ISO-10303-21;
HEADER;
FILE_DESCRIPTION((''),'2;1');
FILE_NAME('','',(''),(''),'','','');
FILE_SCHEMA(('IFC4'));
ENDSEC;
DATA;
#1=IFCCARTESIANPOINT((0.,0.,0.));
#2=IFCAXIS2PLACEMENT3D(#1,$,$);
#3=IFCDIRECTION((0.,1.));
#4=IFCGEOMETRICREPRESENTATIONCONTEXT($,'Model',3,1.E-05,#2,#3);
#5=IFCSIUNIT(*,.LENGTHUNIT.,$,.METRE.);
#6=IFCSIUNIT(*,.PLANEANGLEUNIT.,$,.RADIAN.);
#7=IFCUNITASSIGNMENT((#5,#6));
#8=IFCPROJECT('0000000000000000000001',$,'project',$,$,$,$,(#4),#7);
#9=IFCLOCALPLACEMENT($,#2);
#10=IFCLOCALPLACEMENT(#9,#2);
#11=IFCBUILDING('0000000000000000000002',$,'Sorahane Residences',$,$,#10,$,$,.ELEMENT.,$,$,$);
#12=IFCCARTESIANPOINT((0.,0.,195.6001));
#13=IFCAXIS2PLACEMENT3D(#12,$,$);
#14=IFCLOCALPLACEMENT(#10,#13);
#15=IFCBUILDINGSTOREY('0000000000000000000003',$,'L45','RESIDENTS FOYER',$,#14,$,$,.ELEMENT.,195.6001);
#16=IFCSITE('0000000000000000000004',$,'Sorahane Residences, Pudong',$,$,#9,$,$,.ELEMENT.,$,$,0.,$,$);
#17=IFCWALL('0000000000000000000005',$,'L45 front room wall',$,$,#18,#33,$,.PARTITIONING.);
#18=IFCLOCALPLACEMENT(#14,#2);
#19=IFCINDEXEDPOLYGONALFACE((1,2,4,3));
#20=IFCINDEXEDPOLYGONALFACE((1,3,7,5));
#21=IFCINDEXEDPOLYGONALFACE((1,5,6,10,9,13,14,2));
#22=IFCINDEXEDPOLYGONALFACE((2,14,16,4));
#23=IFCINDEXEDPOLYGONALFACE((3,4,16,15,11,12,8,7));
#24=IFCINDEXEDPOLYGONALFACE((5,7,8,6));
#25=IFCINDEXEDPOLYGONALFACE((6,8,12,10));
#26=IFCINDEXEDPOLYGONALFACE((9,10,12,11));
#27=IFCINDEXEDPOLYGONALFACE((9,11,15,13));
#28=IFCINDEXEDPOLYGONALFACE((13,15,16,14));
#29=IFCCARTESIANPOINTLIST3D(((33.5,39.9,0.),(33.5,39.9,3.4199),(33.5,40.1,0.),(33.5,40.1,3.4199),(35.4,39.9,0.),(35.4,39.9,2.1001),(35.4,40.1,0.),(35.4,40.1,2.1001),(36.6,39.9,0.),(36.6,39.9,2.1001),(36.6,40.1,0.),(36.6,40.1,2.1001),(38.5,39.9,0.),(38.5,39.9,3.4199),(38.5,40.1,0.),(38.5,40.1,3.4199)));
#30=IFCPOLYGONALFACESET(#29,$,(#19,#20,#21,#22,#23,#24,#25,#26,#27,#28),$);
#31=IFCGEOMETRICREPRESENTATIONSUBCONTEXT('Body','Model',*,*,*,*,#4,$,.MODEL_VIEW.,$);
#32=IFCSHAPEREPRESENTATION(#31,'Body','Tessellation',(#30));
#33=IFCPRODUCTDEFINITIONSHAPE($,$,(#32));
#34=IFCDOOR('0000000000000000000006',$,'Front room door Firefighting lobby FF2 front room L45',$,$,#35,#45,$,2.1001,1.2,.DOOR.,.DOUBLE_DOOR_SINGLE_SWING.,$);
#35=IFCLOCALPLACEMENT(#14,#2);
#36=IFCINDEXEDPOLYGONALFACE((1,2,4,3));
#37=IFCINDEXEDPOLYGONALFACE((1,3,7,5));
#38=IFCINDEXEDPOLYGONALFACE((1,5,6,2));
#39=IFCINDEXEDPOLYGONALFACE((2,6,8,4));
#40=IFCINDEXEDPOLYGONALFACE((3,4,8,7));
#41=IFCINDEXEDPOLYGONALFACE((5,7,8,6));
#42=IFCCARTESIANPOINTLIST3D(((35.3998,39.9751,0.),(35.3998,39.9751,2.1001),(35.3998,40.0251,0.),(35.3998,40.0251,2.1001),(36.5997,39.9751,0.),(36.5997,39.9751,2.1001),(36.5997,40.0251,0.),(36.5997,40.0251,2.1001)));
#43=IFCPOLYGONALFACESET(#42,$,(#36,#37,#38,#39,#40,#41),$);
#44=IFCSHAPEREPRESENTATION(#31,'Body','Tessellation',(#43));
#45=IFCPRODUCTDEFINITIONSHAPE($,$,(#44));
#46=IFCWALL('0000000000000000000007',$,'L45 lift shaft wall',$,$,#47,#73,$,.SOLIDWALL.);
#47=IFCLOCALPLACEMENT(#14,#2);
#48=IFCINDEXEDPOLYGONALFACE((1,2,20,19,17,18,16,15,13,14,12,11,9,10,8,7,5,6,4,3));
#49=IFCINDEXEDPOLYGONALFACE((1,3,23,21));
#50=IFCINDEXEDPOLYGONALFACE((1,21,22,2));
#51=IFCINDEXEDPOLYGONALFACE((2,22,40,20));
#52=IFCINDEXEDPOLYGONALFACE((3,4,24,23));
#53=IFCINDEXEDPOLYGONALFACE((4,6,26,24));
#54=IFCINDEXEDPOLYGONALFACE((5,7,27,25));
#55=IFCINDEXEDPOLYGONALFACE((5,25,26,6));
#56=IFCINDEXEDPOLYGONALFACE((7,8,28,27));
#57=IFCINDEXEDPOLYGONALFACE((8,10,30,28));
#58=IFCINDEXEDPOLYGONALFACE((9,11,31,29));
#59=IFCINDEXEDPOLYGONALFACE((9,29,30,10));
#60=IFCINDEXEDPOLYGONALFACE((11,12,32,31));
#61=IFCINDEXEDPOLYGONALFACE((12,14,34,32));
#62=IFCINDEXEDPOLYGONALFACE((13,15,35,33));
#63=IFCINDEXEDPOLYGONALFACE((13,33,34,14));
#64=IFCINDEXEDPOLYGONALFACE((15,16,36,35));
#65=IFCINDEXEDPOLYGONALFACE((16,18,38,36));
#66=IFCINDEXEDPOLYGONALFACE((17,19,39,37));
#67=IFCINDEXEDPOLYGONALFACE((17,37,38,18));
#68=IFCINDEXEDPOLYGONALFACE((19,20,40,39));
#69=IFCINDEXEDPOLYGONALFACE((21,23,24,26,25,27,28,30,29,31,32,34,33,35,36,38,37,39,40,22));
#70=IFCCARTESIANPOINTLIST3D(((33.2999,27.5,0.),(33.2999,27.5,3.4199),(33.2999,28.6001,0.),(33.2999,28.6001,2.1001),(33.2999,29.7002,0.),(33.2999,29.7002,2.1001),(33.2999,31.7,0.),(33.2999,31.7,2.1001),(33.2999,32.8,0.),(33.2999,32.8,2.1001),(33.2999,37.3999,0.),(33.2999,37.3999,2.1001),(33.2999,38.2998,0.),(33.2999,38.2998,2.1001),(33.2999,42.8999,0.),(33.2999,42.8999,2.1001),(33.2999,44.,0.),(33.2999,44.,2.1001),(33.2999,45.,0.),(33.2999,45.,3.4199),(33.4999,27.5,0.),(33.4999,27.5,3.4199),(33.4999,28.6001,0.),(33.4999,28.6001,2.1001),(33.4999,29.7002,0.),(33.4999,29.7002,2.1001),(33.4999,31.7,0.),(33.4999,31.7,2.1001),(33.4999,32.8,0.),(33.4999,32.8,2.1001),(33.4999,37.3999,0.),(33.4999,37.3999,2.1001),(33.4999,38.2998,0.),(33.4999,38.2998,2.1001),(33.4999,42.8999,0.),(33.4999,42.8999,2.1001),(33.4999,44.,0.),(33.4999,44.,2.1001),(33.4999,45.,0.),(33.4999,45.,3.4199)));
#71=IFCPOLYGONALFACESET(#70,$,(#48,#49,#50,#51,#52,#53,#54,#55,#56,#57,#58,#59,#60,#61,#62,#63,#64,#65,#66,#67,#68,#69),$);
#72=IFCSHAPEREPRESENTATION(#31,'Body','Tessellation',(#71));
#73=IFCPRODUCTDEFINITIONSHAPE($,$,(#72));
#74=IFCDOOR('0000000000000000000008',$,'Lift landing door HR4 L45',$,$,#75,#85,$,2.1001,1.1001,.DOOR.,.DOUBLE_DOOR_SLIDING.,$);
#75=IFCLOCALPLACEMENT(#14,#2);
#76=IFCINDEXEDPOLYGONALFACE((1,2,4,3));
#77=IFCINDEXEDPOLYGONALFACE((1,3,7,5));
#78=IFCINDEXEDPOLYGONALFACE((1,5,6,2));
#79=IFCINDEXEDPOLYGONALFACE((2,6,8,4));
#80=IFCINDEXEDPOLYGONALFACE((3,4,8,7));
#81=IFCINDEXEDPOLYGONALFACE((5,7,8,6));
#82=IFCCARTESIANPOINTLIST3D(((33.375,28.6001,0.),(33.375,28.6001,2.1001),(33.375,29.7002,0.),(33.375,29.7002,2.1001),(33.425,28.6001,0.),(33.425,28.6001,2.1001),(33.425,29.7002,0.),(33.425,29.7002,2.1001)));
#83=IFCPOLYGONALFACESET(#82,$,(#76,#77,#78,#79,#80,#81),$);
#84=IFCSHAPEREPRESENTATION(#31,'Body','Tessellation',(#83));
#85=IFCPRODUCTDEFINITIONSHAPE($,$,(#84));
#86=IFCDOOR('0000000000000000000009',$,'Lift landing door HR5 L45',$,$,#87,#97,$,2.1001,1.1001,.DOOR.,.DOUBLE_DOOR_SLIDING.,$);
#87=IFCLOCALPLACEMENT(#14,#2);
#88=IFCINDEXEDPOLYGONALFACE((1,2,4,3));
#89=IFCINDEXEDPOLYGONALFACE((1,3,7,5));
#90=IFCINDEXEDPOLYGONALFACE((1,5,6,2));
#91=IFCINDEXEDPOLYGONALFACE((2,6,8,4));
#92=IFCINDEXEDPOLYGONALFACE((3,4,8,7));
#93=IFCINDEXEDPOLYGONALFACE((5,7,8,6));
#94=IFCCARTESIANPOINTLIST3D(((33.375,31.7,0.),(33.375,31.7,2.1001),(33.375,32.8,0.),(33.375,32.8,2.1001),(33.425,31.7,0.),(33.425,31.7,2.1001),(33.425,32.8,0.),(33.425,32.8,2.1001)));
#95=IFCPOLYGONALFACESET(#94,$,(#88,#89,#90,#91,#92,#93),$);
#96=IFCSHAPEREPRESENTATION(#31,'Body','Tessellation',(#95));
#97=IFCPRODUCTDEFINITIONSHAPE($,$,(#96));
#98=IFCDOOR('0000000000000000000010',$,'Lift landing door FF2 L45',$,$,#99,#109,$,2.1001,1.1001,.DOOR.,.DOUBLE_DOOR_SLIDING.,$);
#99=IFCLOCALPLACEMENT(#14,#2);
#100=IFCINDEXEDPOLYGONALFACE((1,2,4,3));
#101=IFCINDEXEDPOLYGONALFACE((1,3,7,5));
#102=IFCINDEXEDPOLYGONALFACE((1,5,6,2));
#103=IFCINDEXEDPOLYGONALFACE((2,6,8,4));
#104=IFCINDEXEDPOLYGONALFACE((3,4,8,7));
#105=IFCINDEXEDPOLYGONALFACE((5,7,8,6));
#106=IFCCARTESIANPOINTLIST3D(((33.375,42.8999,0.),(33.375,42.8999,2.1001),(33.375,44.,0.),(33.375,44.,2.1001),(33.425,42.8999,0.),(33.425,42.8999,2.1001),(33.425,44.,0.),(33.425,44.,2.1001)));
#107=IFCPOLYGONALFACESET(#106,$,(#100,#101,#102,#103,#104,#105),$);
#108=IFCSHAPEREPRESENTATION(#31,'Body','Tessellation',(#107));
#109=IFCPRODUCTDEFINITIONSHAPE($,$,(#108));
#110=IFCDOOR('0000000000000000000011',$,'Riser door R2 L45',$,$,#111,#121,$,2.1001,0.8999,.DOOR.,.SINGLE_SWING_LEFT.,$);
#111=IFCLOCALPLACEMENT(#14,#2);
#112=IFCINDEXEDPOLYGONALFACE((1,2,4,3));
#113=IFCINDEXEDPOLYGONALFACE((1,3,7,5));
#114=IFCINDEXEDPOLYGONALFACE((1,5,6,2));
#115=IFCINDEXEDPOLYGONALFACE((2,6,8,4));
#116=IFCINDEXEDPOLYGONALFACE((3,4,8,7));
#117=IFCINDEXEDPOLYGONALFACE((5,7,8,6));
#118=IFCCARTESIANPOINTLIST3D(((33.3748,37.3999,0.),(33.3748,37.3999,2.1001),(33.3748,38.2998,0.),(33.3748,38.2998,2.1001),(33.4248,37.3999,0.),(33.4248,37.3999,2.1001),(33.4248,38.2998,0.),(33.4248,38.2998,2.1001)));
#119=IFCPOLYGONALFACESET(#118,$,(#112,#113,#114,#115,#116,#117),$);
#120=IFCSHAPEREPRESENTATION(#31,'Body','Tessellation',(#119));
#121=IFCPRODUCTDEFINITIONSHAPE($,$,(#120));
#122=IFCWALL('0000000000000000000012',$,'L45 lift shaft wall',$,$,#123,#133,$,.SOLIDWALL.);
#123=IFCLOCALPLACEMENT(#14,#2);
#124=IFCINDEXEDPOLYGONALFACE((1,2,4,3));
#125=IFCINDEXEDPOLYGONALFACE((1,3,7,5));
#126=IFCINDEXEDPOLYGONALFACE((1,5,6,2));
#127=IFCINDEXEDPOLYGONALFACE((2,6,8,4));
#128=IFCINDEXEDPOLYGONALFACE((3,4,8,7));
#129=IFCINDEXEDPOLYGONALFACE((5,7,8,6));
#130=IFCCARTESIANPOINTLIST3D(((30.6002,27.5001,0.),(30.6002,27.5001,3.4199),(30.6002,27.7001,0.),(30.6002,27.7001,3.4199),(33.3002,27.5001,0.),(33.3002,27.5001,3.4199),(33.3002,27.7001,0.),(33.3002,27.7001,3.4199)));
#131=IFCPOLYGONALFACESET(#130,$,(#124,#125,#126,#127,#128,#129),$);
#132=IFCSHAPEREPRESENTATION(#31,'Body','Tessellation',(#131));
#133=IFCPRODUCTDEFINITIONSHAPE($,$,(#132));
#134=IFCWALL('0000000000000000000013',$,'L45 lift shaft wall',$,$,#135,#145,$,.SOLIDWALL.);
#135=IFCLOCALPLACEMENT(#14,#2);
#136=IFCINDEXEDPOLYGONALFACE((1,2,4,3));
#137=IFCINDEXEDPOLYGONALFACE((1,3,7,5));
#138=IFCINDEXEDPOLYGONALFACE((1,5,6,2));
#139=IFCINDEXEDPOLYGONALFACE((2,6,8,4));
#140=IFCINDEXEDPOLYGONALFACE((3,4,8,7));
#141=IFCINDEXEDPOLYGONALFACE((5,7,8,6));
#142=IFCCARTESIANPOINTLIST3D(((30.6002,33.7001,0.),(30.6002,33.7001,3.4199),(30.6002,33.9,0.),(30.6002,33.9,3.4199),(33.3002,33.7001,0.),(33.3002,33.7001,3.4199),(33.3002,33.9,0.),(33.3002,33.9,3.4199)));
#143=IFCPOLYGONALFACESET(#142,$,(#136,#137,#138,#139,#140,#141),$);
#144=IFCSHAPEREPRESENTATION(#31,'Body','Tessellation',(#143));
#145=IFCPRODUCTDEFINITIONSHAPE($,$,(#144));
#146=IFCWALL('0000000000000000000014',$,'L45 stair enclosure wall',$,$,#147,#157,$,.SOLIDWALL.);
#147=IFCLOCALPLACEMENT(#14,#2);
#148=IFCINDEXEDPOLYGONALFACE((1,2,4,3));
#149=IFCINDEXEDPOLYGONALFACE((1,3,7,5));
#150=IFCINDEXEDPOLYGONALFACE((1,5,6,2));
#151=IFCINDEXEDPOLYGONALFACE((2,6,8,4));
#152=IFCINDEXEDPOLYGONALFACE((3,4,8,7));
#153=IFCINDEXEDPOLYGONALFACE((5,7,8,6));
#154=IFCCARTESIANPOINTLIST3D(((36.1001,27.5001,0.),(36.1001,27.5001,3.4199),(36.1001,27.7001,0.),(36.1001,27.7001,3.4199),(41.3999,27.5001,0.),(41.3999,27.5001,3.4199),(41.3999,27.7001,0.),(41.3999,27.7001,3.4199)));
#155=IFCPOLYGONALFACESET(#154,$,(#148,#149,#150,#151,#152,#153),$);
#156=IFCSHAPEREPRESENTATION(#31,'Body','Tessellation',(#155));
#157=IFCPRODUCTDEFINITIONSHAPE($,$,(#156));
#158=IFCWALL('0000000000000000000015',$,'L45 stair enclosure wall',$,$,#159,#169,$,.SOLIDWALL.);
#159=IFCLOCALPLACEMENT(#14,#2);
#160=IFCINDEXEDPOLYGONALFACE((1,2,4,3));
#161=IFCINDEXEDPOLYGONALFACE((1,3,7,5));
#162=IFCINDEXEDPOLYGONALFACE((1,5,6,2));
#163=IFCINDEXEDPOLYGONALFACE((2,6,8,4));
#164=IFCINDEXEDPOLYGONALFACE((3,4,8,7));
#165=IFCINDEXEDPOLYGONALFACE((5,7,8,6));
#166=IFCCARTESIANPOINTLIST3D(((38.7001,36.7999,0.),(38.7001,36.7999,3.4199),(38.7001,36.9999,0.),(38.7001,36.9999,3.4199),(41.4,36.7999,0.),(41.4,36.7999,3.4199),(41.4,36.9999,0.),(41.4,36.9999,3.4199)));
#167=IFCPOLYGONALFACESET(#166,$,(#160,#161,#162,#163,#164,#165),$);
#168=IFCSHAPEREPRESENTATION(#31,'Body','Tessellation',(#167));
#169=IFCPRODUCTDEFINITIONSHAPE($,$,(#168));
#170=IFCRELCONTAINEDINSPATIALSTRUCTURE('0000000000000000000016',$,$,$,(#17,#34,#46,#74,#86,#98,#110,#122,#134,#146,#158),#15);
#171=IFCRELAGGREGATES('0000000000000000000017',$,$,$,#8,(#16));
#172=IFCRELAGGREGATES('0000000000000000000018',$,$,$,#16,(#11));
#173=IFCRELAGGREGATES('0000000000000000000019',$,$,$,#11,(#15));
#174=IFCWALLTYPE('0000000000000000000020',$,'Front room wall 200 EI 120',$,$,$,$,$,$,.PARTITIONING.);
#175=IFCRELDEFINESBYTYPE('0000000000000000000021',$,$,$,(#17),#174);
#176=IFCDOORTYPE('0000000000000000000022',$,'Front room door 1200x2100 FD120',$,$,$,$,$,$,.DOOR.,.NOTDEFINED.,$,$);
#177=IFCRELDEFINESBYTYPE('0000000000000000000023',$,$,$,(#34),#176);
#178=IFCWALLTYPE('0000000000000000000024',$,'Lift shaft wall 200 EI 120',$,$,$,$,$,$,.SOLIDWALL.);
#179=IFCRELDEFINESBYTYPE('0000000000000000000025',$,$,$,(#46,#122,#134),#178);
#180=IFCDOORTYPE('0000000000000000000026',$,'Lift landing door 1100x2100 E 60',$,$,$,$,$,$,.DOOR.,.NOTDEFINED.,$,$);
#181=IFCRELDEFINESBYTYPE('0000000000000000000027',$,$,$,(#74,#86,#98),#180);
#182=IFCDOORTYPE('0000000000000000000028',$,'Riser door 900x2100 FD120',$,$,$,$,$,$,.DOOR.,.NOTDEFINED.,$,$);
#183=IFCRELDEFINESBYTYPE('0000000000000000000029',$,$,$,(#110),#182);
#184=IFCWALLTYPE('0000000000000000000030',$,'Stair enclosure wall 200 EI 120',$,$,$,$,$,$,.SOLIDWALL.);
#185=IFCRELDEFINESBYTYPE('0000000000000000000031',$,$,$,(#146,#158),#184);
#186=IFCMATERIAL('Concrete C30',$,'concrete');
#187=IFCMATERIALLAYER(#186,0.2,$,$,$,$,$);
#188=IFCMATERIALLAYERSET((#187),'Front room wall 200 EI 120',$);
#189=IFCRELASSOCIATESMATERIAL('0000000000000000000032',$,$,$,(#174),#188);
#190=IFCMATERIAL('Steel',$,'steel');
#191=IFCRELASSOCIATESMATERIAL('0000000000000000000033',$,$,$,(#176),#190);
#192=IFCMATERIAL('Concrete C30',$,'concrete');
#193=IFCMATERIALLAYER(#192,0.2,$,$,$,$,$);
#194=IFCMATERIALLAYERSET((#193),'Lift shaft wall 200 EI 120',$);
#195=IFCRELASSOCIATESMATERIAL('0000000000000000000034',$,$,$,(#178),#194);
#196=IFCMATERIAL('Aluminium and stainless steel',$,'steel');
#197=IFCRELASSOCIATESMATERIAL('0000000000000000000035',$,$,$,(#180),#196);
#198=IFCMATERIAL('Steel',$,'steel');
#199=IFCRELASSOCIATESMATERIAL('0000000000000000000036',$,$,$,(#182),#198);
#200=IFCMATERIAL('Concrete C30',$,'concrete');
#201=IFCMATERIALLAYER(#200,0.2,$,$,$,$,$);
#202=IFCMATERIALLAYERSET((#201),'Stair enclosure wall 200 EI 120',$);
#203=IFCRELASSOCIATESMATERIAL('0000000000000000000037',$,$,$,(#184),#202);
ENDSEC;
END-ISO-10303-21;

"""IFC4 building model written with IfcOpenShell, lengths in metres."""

from ifc_helpers import new_model, si_unit, direction, frame, frame_2d, origin, place, context, subcontext, project, spatial, rectangle, extrude, material, layer, layer_set, type_object, element, fill, save


model = new_model("IFC4")

# Units and contexts
model_context = context("Model", 3, precision=1e-05, world=origin(), true_north=direction((0.0, 1.0)))
body_context = subcontext(model_context, "Body", "Model", "MODEL_VIEW")
ifc_project = project(units=[si_unit("LENGTHUNIT", "METRE"), si_unit("PLANEANGLEUNIT", "RADIAN")], contexts=[model_context])

# Site, building, storey
site_placement = place(None, origin())
site = spatial("IfcSite", under=ifc_project, at=site_placement, Name="Sorahane Residences, Pudong", CompositionType="ELEMENT", RefElevation=0.0)
building_placement = place(site_placement, origin())
building = spatial("IfcBuilding", under=site, at=building_placement, Name="Sorahane Residences", CompositionType="ELEMENT")
storey_placement = place(building_placement, frame((0.0, 0.0, 195.6001)))
storey = spatial("IfcBuildingStorey", under=building, at=storey_placement, Name="L45", Description="RESIDENTS FOYER", CompositionType="ELEMENT", Elevation=195.6001)

# Wall, opening, door
ifc_material_1 = material(Name="Concrete C30", Category="concrete")
ifc_layer_1 = layer(ifc_material_1, 0.2)
ifc_layer_set_1 = layer_set([ifc_layer_1], Name="Front room wall 200 EI 120")
wall_type_1 = type_object("IfcWallType", Name="Front room wall 200 EI 120", PredefinedType="PARTITIONING", material=ifc_layer_set_1)
wall_1_placement = place(storey_placement, frame((33.5, 40.0, 0.0), z_axis=(0.0, 0.0, 1.0), x_axis=(1.0, 0.0, 0.0)))
wall_1 = element("IfcWall", 1, at=wall_1_placement, inside=storey, type_object=wall_type_1, Name="L45 front room wall", PredefinedType="PARTITIONING", context=body_context, shape_type="SweptSolid", body=[
    extrude(rectangle(XDim=5.0, YDim=0.2, at=frame_2d((2.5, 0.0))), origin(), (0.0, 0.0, 1.0), 3.4199),
])
opening_1_placement = place(wall_1_placement, frame((1.8999, 0.0, 0.0)))
opening_1 = element("IfcOpeningElement", 2, at=opening_1_placement, cuts=wall_1, PredefinedType="OPENING", context=body_context, shape_type="SweptSolid", body=[
    extrude(rectangle(XDim=1.2, YDim=2.1001, at=frame_2d((0.6001, 1.05))), frame((0.0, 0.1099, 0.0), z_axis=(0.0, -1.0, 0.0), x_axis=(1.0, 0.0, 0.0)), (0.0, 0.0, 1.0), 0.22),
])
ifc_material_2 = material(Name="Steel", Category="steel")
door_type_1 = type_object("IfcDoorType", Name="Front room door 1200x2100 FD120", OperationType="NOTDEFINED", PredefinedType="DOOR", material=ifc_material_2)
door_1_placement = place(opening_1_placement, frame((1.2, 0.0, 0.0), z_axis=(0.0, 0.0, 1.0), x_axis=(-1.0, 0.0, 0.0)))
door_1 = element("IfcDoor", 3, at=door_1_placement, inside=storey, type_object=door_type_1, Name="Front room door Firefighting lobby FF2 front room L45", OperationType="DOUBLE_DOOR_SINGLE_SWING", OverallHeight=2.1001, OverallWidth=1.2, PredefinedType="DOOR", context=body_context, shape_type="SweptSolid", body=[
    extrude(rectangle(XDim=1.2, YDim=2.1001, at=frame_2d((0.6001, 1.05))), frame((0.0, 0.0249, 0.0), z_axis=(0.0, -1.0, 0.0), x_axis=(1.0, 0.0, 0.0)), (0.0, 0.0, 1.0), 0.05),
])
fill(opening_1, door_1)

# Wall, openings, doors
ifc_material_3 = material(Name="Concrete C30", Category="concrete")
ifc_layer_2 = layer(ifc_material_3, 0.2)
ifc_layer_set_2 = layer_set([ifc_layer_2], Name="Lift shaft wall 200 EI 120")
wall_type_2 = type_object("IfcWallType", Name="Lift shaft wall 200 EI 120", PredefinedType="SOLIDWALL", material=ifc_layer_set_2)
wall_2_placement = place(storey_placement, frame((33.3999, 27.5, 0.0), z_axis=(0.0, 0.0, 1.0), x_axis=(0.0, 1.0, 0.0)))
wall_2 = element("IfcWall", 4, at=wall_2_placement, inside=storey, type_object=wall_type_2, Name="L45 lift shaft wall", PredefinedType="SOLIDWALL", context=body_context, shape_type="SweptSolid", body=[
    extrude(rectangle(XDim=17.5, YDim=0.2, at=frame_2d((8.75, 0.0))), origin(), (0.0, 0.0, 1.0), 3.4199),
])
opening_2_placement = place(wall_2_placement, frame((1.1001, 0.0, 0.0)))
opening_2 = element("IfcOpeningElement", 5, at=opening_2_placement, cuts=wall_2, PredefinedType="OPENING", context=body_context, shape_type="SweptSolid", body=[
    extrude(rectangle(XDim=1.1001, YDim=2.1001, at=frame_2d((0.55, 1.05))), frame((0.0, 0.1099, 0.0), z_axis=(0.0, -1.0, 0.0), x_axis=(1.0, 0.0, 0.0)), (0.0, 0.0, 1.0), 0.22),
])
opening_3_placement = place(wall_2_placement, frame((4.2, 0.0, 0.0)))
opening_3 = element("IfcOpeningElement", 6, at=opening_3_placement, cuts=wall_2, PredefinedType="OPENING", context=body_context, shape_type="SweptSolid", body=[
    extrude(rectangle(XDim=1.1001, YDim=2.1001, at=frame_2d((0.55, 1.05))), frame((0.0, 0.1099, 0.0), z_axis=(0.0, -1.0, 0.0), x_axis=(1.0, 0.0, 0.0)), (0.0, 0.0, 1.0), 0.22),
])
opening_4_placement = place(wall_2_placement, frame((15.3999, 0.0, 0.0)))
opening_4 = element("IfcOpeningElement", 7, at=opening_4_placement, cuts=wall_2, PredefinedType="OPENING", context=body_context, shape_type="SweptSolid", body=[
    extrude(rectangle(XDim=1.1001, YDim=2.1001, at=frame_2d((0.55, 1.05))), frame((0.0, 0.1099, 0.0), z_axis=(0.0, -1.0, 0.0), x_axis=(1.0, 0.0, 0.0)), (0.0, 0.0, 1.0), 0.22),
])
opening_5_placement = place(wall_2_placement, frame((9.8999, 0.0, 0.0)))
opening_5 = element("IfcOpeningElement", 8, at=opening_5_placement, cuts=wall_2, PredefinedType="OPENING", context=body_context, shape_type="SweptSolid", body=[
    extrude(rectangle(XDim=0.8999, YDim=2.1001, at=frame_2d((0.45, 1.05))), frame((0.0, 0.1099, 0.0), z_axis=(0.0, -1.0, 0.0), x_axis=(1.0, 0.0, 0.0)), (0.0, 0.0, 1.0), 0.22),
])
ifc_material_4 = material(Name="Aluminium and stainless steel", Category="steel")
door_type_2 = type_object("IfcDoorType", Name="Lift landing door 1100x2100 E 60", OperationType="NOTDEFINED", PredefinedType="DOOR", material=ifc_material_4)
door_2_placement = place(opening_2_placement, origin())
door_2 = element("IfcDoor", 9, at=door_2_placement, inside=storey, type_object=door_type_2, Name="Lift landing door HR4 L45", OperationType="DOUBLE_DOOR_SLIDING", OverallHeight=2.1001, OverallWidth=1.1001, PredefinedType="DOOR", context=body_context, shape_type="SweptSolid", body=[
    extrude(rectangle(XDim=1.1001, YDim=2.1001, at=frame_2d((0.55, 1.05))), frame((0.0, 0.0249, 0.0), z_axis=(0.0, -1.0, 0.0), x_axis=(1.0, 0.0, 0.0)), (0.0, 0.0, 1.0), 0.05),
])
fill(opening_2, door_2)
door_3_placement = place(opening_3_placement, origin())
door_3 = element("IfcDoor", 10, at=door_3_placement, inside=storey, type_object=door_type_2, Name="Lift landing door HR5 L45", OperationType="DOUBLE_DOOR_SLIDING", OverallHeight=2.1001, OverallWidth=1.1001, PredefinedType="DOOR", context=body_context, shape_type="SweptSolid", body=[
    extrude(rectangle(XDim=1.1001, YDim=2.1001, at=frame_2d((0.55, 1.05))), frame((0.0, 0.0249, 0.0), z_axis=(0.0, -1.0, 0.0), x_axis=(1.0, 0.0, 0.0)), (0.0, 0.0, 1.0), 0.05),
])
fill(opening_3, door_3)
door_4_placement = place(opening_4_placement, origin())
door_4 = element("IfcDoor", 11, at=door_4_placement, inside=storey, type_object=door_type_2, Name="Lift landing door FF2 L45", OperationType="DOUBLE_DOOR_SLIDING", OverallHeight=2.1001, OverallWidth=1.1001, PredefinedType="DOOR", context=body_context, shape_type="SweptSolid", body=[
    extrude(rectangle(XDim=1.1001, YDim=2.1001, at=frame_2d((0.55, 1.05))), frame((0.0, 0.0249, 0.0), z_axis=(0.0, -1.0, 0.0), x_axis=(1.0, 0.0, 0.0)), (0.0, 0.0, 1.0), 0.05),
])
fill(opening_4, door_4)
ifc_material_5 = material(Name="Steel", Category="steel")
door_type_3 = type_object("IfcDoorType", Name="Riser door 900x2100 FD120", OperationType="NOTDEFINED", PredefinedType="DOOR", material=ifc_material_5)
door_5_placement = place(opening_5_placement, frame((0.8999, 0.0, 0.0), z_axis=(0.0, 0.0, 1.0), x_axis=(-1.0, 0.0, 0.0)))
door_5 = element("IfcDoor", 12, at=door_5_placement, inside=storey, type_object=door_type_3, Name="Riser door R2 L45", OperationType="SINGLE_SWING_LEFT", OverallHeight=2.1001, OverallWidth=0.8999, PredefinedType="DOOR", context=body_context, shape_type="SweptSolid", body=[
    extrude(rectangle(XDim=0.8999, YDim=2.1001, at=frame_2d((0.45, 1.05))), frame((0.0, 0.0249, 0.0), z_axis=(0.0, -1.0, 0.0), x_axis=(1.0, 0.0, 0.0)), (0.0, 0.0, 1.0), 0.05),
])
fill(opening_5, door_5)

# Walls
for number, where, z_axis, x_axis, name in (
    (13, (30.6001, 27.6001, 0.0), (0.0, 0.0, 1.0), (1.0, 0.0, 0.0), "L45 lift shaft wall"),
    (14, (30.6001, 33.8, 0.0), (0.0, 0.0, 1.0), (1.0, 0.0, 0.0), "L45 lift shaft wall"),
):
    element("IfcWall", number, at=place(storey_placement, frame(where, z_axis=z_axis, x_axis=x_axis)), inside=storey, type_object=wall_type_2, Name=name, PredefinedType="SOLIDWALL", context=body_context, shape_type="SweptSolid", body=[
        extrude(rectangle(XDim=2.7, YDim=0.2, at=frame_2d((1.3501, 0.0))), origin(), (0.0, 0.0, 1.0), 3.4199),
    ])
ifc_material_6 = material(Name="Concrete C30", Category="concrete")
ifc_layer_3 = layer(ifc_material_6, 0.2)
ifc_layer_set_3 = layer_set([ifc_layer_3], Name="Stair enclosure wall 200 EI 120")
wall_type_3 = type_object("IfcWallType", Name="Stair enclosure wall 200 EI 120", PredefinedType="SOLIDWALL", material=ifc_layer_set_3)
wall_3_placement = place(storey_placement, frame((36.1001, 27.6001, 0.0), z_axis=(0.0, 0.0, 1.0), x_axis=(1.0, 0.0, 0.0)))
element("IfcWall", 15, at=wall_3_placement, inside=storey, type_object=wall_type_3, Name="L45 stair enclosure wall", PredefinedType="SOLIDWALL", context=body_context, shape_type="SweptSolid", body=[
    extrude(rectangle(XDim=5.2998, YDim=0.2, at=frame_2d((2.6499, 0.0))), origin(), (0.0, 0.0, 1.0), 3.4199),
])
wall_4_placement = place(storey_placement, frame((38.7, 36.8999, 0.0), z_axis=(0.0, 0.0, 1.0), x_axis=(1.0, 0.0, 0.0)))
element("IfcWall", 16, at=wall_4_placement, inside=storey, type_object=wall_type_3, Name="L45 stair enclosure wall", PredefinedType="SOLIDWALL", context=body_context, shape_type="SweptSolid", body=[
    extrude(rectangle(XDim=2.7, YDim=0.2, at=frame_2d((1.3501, 0.0))), origin(), (0.0, 0.0, 1.0), 3.4199),
])

save(model, "model.ifc")
